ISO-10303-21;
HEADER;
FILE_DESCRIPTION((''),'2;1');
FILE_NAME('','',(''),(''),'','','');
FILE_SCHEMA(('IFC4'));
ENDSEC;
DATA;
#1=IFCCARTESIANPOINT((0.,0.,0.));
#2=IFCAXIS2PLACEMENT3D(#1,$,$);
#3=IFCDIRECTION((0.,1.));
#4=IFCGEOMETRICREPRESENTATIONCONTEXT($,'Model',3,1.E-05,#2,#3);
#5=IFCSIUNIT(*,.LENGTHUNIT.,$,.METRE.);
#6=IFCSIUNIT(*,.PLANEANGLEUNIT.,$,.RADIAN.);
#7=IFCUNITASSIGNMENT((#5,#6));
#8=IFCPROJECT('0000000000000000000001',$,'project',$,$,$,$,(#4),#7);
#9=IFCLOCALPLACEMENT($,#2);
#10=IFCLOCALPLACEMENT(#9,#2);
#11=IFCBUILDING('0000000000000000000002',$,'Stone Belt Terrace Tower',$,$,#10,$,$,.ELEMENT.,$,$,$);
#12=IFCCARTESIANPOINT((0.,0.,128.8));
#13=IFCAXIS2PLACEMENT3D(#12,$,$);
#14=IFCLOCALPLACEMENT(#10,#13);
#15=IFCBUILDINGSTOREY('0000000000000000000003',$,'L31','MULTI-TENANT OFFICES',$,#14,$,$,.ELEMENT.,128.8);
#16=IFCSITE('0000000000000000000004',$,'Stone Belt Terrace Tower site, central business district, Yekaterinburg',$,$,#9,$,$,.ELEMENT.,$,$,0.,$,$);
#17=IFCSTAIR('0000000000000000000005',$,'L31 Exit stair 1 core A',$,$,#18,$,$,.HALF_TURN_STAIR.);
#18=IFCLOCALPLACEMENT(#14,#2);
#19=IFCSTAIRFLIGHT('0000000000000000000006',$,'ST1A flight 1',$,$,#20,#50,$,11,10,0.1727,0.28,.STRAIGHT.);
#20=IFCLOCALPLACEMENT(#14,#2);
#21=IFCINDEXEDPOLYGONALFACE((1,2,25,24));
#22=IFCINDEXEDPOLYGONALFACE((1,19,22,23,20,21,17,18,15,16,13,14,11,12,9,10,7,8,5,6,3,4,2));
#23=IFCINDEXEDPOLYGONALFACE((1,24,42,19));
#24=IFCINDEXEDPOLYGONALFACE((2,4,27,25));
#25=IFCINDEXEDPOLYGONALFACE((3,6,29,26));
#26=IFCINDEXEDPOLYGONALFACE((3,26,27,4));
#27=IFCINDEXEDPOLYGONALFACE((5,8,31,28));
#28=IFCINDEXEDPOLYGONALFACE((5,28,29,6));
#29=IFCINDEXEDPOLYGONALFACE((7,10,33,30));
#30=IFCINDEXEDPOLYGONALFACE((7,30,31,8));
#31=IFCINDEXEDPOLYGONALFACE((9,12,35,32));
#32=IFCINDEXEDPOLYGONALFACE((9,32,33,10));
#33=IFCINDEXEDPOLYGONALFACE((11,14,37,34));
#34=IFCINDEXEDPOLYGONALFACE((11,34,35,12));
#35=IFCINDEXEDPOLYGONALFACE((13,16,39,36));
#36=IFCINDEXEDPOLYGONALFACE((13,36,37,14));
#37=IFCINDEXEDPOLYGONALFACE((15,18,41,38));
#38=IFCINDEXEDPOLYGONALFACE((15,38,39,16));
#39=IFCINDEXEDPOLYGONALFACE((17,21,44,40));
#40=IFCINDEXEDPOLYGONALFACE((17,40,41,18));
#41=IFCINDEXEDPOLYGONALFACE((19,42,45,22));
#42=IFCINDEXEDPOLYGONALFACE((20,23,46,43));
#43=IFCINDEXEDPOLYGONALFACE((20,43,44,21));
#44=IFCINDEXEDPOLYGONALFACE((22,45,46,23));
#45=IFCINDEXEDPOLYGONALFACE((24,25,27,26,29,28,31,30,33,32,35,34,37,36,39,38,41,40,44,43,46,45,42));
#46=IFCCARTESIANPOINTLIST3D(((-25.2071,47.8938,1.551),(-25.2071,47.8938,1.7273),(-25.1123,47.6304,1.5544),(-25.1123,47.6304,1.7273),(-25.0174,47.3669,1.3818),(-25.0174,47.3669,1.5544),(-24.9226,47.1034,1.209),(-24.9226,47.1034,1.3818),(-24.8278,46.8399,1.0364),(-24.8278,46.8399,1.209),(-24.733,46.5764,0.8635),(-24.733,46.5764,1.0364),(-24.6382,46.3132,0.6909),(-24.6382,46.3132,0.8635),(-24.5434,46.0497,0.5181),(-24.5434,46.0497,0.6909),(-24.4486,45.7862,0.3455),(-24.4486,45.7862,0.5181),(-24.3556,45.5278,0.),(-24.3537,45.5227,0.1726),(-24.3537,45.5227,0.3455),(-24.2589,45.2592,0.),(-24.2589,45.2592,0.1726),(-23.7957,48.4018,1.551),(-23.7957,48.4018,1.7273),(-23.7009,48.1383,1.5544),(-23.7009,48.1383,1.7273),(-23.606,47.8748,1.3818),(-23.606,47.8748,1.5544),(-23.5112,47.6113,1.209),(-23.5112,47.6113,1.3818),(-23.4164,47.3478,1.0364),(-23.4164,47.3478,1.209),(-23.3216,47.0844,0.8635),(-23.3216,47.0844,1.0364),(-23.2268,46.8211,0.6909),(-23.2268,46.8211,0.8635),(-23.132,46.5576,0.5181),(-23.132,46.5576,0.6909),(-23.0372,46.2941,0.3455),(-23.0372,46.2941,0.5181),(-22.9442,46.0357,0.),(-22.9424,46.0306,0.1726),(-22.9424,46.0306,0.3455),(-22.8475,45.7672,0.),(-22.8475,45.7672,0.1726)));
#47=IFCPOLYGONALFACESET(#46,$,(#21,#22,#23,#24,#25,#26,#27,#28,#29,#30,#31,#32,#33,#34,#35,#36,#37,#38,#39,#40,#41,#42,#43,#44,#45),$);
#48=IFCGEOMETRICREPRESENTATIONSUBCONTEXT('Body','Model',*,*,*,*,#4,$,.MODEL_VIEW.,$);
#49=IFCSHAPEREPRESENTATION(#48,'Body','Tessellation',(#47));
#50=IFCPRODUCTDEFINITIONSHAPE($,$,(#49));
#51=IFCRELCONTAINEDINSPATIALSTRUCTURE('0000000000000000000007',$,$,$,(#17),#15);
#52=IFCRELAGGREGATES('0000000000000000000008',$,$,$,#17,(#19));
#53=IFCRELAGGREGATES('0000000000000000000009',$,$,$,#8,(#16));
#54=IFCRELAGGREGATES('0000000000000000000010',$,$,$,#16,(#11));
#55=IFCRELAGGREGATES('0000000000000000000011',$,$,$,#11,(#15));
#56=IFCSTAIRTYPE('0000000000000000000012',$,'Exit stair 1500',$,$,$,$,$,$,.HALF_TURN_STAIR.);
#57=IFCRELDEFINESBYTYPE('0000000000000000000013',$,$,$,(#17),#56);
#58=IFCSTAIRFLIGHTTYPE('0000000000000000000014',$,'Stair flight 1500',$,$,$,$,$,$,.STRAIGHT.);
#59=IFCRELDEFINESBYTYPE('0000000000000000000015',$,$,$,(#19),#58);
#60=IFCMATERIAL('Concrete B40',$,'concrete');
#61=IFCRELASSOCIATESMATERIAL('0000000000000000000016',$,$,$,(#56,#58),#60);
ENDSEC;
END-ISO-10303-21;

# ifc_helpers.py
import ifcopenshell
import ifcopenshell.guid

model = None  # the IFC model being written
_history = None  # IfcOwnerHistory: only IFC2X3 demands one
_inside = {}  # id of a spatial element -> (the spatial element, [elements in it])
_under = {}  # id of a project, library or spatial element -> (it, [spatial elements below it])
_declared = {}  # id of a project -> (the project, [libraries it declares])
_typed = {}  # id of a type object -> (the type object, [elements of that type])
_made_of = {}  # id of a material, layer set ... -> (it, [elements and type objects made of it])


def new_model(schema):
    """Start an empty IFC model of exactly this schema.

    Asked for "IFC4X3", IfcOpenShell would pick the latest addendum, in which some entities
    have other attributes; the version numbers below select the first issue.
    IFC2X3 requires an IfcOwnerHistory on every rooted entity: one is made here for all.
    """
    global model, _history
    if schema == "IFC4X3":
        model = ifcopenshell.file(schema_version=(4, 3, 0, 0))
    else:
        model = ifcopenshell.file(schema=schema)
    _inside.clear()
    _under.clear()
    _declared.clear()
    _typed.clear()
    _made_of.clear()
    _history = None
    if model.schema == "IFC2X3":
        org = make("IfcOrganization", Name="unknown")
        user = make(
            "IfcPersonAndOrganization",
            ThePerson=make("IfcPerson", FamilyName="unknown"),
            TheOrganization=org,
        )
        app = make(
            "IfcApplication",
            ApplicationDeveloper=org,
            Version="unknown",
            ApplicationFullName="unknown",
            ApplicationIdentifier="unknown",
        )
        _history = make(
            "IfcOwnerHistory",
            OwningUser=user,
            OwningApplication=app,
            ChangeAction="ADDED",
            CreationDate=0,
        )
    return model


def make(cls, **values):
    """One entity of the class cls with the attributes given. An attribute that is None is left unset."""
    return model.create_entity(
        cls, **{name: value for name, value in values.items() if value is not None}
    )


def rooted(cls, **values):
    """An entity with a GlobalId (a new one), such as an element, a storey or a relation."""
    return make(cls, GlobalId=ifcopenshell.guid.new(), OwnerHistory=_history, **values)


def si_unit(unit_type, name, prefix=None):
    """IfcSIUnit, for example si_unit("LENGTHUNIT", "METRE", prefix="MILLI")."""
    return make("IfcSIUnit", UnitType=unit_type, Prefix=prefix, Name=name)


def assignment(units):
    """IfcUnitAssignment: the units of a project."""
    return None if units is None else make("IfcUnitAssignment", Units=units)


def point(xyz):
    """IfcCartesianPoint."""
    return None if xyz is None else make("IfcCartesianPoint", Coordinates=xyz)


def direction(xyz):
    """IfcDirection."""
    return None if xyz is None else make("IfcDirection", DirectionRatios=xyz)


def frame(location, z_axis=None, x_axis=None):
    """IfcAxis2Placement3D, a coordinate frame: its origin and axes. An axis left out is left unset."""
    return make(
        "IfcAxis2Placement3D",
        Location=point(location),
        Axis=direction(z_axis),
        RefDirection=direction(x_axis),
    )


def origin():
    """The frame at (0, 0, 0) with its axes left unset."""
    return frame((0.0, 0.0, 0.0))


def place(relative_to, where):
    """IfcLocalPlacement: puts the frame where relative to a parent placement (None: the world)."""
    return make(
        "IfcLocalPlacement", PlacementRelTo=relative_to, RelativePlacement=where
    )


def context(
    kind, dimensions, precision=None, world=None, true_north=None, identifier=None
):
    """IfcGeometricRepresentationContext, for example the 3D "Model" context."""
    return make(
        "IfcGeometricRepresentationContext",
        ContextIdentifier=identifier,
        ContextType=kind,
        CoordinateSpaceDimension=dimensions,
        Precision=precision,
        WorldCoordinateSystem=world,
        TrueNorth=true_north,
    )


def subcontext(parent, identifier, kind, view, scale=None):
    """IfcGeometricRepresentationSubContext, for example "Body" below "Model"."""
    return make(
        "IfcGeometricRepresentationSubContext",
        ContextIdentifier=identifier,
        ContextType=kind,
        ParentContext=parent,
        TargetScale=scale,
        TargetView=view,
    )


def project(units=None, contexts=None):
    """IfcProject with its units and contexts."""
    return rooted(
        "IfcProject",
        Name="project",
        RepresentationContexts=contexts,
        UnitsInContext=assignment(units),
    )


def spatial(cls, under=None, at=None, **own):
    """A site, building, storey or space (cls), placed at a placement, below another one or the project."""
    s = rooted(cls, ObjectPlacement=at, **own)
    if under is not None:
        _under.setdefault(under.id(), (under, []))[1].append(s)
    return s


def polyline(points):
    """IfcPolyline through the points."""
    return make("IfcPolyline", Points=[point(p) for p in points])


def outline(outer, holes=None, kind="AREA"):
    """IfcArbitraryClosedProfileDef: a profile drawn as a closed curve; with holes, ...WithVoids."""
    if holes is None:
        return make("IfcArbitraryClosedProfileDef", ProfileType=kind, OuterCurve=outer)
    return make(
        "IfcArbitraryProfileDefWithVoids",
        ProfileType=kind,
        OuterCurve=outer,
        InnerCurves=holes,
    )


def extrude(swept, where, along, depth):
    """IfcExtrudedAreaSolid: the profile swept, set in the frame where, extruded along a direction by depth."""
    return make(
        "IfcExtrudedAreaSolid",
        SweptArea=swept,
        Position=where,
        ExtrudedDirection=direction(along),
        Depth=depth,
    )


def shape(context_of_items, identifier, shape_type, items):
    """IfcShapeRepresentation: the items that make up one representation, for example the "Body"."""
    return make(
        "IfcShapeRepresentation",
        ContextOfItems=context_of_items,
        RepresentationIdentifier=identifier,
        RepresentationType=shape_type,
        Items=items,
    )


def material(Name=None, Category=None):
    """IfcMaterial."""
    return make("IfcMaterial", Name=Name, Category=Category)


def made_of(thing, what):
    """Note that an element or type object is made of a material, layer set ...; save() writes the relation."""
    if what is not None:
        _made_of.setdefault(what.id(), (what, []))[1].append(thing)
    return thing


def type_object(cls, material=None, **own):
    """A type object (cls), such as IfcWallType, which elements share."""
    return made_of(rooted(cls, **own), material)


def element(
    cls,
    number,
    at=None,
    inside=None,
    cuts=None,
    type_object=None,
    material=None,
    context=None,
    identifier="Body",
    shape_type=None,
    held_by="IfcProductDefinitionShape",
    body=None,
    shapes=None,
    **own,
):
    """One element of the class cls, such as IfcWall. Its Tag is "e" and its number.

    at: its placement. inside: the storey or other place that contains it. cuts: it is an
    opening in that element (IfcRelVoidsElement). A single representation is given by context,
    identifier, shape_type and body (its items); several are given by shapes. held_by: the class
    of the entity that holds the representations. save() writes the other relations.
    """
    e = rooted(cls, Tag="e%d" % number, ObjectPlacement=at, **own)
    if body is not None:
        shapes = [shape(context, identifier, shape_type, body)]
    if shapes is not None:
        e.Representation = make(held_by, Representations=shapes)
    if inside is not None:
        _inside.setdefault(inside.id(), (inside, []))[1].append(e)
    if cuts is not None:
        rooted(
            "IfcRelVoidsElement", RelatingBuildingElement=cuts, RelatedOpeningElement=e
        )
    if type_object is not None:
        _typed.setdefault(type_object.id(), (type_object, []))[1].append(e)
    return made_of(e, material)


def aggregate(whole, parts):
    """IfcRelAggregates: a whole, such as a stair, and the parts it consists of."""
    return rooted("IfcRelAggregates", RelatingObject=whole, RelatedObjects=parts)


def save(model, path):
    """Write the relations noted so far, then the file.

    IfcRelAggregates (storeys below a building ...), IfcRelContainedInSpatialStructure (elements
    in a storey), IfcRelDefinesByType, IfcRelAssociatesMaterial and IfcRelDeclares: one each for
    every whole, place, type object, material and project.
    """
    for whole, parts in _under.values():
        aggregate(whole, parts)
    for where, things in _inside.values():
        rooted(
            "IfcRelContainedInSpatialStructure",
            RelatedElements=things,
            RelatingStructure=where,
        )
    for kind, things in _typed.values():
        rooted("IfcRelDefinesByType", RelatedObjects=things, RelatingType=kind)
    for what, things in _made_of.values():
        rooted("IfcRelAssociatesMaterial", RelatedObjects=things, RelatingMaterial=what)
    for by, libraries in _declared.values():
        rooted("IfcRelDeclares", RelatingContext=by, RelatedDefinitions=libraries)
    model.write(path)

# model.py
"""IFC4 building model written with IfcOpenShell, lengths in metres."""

from ifc_helpers import new_model, si_unit, direction, frame, origin, place, context, subcontext, project, spatial, polyline, outline, extrude, material, type_object, element, aggregate, save


model = new_model("IFC4")

# Units and contexts
model_context = context("Model", 3, precision=1e-05, world=origin(), true_north=direction((0.0, 1.0)))
body_context = subcontext(model_context, "Body", "Model", "MODEL_VIEW")
ifc_project = project(units=[si_unit("LENGTHUNIT", "METRE"), si_unit("PLANEANGLEUNIT", "RADIAN")], contexts=[model_context])

# Site, building, storey
site_placement = place(None, origin())
site = spatial("IfcSite", under=ifc_project, at=site_placement, Name="Stone Belt Terrace Tower site, central business district, Yekaterinburg", CompositionType="ELEMENT", RefElevation=0.0)
building_placement = place(site_placement, origin())
building = spatial("IfcBuilding", under=site, at=building_placement, Name="Stone Belt Terrace Tower", CompositionType="ELEMENT")
storey_placement = place(building_placement, frame((0.0, 0.0, 128.8)))
storey = spatial("IfcBuildingStorey", under=building, at=storey_placement, Name="L31", Description="MULTI-TENANT OFFICES", CompositionType="ELEMENT", Elevation=128.8)

# Stair, stair flight
ifc_material_1 = material(Name="Concrete B40", Category="concrete")
stair_type = type_object("IfcStairType", Name="Exit stair 1500", PredefinedType="HALF_TURN_STAIR", material=ifc_material_1)
stair_placement = place(storey_placement, origin())
stair = element("IfcStair", 1, at=stair_placement, inside=storey, type_object=stair_type, Name="L31 Exit stair 1 core A", PredefinedType="HALF_TURN_STAIR")
stair_flight_type = type_object("IfcStairFlightType", Name="Stair flight 1500", PredefinedType="STRAIGHT", material=ifc_material_1)
stair_flight_placement = place(storey_placement, frame((-23.5532, 45.5132, 0.0), z_axis=(0.0, 0.0, 1.0), x_axis=(-0.338624, 0.940922, 0.0)))
stair_flight = element("IfcStairFlight", 2, at=stair_flight_placement, type_object=stair_flight_type, Name="ST1A flight 1", NumberOfRisers=11, NumberOfTreads=10, PredefinedType="STRAIGHT", RiserHeight=0.1727, TreadLength=0.28, context=body_context, shape_type="SweptSolid", body=[
    extrude(outline(polyline([(0.0, 0.0), (0.0, 0.1726), (0.28, 0.1726), (0.28, 0.3455), (0.5601, 0.3455), (0.5601, 0.5181), (0.8401, 0.5181), (0.8401, 0.6909), (1.1201, 0.6909), (1.1201, 0.8635), (1.3999, 0.8635), (1.3999, 1.0364), (1.6799, 1.0364), (1.6799, 1.209), (1.96, 1.209), (1.96, 1.3818), (2.24, 1.3818), (2.24, 1.5544), (2.52, 1.5544), (2.52, 1.7273), (2.8, 1.7273), (2.8, 1.8999), (2.8, 1.551), (0.2854, 0.0), (0.0, 0.0)])), frame((0.0, 0.75, 0.0), z_axis=(0.0, -1.0, 0.0), x_axis=(1.0, 0.0, 0.0)), (0.0, 0.0, 1.0), 1.5),
])
aggregate(stair, [stair_flight])

save(model, "model.ifc")
